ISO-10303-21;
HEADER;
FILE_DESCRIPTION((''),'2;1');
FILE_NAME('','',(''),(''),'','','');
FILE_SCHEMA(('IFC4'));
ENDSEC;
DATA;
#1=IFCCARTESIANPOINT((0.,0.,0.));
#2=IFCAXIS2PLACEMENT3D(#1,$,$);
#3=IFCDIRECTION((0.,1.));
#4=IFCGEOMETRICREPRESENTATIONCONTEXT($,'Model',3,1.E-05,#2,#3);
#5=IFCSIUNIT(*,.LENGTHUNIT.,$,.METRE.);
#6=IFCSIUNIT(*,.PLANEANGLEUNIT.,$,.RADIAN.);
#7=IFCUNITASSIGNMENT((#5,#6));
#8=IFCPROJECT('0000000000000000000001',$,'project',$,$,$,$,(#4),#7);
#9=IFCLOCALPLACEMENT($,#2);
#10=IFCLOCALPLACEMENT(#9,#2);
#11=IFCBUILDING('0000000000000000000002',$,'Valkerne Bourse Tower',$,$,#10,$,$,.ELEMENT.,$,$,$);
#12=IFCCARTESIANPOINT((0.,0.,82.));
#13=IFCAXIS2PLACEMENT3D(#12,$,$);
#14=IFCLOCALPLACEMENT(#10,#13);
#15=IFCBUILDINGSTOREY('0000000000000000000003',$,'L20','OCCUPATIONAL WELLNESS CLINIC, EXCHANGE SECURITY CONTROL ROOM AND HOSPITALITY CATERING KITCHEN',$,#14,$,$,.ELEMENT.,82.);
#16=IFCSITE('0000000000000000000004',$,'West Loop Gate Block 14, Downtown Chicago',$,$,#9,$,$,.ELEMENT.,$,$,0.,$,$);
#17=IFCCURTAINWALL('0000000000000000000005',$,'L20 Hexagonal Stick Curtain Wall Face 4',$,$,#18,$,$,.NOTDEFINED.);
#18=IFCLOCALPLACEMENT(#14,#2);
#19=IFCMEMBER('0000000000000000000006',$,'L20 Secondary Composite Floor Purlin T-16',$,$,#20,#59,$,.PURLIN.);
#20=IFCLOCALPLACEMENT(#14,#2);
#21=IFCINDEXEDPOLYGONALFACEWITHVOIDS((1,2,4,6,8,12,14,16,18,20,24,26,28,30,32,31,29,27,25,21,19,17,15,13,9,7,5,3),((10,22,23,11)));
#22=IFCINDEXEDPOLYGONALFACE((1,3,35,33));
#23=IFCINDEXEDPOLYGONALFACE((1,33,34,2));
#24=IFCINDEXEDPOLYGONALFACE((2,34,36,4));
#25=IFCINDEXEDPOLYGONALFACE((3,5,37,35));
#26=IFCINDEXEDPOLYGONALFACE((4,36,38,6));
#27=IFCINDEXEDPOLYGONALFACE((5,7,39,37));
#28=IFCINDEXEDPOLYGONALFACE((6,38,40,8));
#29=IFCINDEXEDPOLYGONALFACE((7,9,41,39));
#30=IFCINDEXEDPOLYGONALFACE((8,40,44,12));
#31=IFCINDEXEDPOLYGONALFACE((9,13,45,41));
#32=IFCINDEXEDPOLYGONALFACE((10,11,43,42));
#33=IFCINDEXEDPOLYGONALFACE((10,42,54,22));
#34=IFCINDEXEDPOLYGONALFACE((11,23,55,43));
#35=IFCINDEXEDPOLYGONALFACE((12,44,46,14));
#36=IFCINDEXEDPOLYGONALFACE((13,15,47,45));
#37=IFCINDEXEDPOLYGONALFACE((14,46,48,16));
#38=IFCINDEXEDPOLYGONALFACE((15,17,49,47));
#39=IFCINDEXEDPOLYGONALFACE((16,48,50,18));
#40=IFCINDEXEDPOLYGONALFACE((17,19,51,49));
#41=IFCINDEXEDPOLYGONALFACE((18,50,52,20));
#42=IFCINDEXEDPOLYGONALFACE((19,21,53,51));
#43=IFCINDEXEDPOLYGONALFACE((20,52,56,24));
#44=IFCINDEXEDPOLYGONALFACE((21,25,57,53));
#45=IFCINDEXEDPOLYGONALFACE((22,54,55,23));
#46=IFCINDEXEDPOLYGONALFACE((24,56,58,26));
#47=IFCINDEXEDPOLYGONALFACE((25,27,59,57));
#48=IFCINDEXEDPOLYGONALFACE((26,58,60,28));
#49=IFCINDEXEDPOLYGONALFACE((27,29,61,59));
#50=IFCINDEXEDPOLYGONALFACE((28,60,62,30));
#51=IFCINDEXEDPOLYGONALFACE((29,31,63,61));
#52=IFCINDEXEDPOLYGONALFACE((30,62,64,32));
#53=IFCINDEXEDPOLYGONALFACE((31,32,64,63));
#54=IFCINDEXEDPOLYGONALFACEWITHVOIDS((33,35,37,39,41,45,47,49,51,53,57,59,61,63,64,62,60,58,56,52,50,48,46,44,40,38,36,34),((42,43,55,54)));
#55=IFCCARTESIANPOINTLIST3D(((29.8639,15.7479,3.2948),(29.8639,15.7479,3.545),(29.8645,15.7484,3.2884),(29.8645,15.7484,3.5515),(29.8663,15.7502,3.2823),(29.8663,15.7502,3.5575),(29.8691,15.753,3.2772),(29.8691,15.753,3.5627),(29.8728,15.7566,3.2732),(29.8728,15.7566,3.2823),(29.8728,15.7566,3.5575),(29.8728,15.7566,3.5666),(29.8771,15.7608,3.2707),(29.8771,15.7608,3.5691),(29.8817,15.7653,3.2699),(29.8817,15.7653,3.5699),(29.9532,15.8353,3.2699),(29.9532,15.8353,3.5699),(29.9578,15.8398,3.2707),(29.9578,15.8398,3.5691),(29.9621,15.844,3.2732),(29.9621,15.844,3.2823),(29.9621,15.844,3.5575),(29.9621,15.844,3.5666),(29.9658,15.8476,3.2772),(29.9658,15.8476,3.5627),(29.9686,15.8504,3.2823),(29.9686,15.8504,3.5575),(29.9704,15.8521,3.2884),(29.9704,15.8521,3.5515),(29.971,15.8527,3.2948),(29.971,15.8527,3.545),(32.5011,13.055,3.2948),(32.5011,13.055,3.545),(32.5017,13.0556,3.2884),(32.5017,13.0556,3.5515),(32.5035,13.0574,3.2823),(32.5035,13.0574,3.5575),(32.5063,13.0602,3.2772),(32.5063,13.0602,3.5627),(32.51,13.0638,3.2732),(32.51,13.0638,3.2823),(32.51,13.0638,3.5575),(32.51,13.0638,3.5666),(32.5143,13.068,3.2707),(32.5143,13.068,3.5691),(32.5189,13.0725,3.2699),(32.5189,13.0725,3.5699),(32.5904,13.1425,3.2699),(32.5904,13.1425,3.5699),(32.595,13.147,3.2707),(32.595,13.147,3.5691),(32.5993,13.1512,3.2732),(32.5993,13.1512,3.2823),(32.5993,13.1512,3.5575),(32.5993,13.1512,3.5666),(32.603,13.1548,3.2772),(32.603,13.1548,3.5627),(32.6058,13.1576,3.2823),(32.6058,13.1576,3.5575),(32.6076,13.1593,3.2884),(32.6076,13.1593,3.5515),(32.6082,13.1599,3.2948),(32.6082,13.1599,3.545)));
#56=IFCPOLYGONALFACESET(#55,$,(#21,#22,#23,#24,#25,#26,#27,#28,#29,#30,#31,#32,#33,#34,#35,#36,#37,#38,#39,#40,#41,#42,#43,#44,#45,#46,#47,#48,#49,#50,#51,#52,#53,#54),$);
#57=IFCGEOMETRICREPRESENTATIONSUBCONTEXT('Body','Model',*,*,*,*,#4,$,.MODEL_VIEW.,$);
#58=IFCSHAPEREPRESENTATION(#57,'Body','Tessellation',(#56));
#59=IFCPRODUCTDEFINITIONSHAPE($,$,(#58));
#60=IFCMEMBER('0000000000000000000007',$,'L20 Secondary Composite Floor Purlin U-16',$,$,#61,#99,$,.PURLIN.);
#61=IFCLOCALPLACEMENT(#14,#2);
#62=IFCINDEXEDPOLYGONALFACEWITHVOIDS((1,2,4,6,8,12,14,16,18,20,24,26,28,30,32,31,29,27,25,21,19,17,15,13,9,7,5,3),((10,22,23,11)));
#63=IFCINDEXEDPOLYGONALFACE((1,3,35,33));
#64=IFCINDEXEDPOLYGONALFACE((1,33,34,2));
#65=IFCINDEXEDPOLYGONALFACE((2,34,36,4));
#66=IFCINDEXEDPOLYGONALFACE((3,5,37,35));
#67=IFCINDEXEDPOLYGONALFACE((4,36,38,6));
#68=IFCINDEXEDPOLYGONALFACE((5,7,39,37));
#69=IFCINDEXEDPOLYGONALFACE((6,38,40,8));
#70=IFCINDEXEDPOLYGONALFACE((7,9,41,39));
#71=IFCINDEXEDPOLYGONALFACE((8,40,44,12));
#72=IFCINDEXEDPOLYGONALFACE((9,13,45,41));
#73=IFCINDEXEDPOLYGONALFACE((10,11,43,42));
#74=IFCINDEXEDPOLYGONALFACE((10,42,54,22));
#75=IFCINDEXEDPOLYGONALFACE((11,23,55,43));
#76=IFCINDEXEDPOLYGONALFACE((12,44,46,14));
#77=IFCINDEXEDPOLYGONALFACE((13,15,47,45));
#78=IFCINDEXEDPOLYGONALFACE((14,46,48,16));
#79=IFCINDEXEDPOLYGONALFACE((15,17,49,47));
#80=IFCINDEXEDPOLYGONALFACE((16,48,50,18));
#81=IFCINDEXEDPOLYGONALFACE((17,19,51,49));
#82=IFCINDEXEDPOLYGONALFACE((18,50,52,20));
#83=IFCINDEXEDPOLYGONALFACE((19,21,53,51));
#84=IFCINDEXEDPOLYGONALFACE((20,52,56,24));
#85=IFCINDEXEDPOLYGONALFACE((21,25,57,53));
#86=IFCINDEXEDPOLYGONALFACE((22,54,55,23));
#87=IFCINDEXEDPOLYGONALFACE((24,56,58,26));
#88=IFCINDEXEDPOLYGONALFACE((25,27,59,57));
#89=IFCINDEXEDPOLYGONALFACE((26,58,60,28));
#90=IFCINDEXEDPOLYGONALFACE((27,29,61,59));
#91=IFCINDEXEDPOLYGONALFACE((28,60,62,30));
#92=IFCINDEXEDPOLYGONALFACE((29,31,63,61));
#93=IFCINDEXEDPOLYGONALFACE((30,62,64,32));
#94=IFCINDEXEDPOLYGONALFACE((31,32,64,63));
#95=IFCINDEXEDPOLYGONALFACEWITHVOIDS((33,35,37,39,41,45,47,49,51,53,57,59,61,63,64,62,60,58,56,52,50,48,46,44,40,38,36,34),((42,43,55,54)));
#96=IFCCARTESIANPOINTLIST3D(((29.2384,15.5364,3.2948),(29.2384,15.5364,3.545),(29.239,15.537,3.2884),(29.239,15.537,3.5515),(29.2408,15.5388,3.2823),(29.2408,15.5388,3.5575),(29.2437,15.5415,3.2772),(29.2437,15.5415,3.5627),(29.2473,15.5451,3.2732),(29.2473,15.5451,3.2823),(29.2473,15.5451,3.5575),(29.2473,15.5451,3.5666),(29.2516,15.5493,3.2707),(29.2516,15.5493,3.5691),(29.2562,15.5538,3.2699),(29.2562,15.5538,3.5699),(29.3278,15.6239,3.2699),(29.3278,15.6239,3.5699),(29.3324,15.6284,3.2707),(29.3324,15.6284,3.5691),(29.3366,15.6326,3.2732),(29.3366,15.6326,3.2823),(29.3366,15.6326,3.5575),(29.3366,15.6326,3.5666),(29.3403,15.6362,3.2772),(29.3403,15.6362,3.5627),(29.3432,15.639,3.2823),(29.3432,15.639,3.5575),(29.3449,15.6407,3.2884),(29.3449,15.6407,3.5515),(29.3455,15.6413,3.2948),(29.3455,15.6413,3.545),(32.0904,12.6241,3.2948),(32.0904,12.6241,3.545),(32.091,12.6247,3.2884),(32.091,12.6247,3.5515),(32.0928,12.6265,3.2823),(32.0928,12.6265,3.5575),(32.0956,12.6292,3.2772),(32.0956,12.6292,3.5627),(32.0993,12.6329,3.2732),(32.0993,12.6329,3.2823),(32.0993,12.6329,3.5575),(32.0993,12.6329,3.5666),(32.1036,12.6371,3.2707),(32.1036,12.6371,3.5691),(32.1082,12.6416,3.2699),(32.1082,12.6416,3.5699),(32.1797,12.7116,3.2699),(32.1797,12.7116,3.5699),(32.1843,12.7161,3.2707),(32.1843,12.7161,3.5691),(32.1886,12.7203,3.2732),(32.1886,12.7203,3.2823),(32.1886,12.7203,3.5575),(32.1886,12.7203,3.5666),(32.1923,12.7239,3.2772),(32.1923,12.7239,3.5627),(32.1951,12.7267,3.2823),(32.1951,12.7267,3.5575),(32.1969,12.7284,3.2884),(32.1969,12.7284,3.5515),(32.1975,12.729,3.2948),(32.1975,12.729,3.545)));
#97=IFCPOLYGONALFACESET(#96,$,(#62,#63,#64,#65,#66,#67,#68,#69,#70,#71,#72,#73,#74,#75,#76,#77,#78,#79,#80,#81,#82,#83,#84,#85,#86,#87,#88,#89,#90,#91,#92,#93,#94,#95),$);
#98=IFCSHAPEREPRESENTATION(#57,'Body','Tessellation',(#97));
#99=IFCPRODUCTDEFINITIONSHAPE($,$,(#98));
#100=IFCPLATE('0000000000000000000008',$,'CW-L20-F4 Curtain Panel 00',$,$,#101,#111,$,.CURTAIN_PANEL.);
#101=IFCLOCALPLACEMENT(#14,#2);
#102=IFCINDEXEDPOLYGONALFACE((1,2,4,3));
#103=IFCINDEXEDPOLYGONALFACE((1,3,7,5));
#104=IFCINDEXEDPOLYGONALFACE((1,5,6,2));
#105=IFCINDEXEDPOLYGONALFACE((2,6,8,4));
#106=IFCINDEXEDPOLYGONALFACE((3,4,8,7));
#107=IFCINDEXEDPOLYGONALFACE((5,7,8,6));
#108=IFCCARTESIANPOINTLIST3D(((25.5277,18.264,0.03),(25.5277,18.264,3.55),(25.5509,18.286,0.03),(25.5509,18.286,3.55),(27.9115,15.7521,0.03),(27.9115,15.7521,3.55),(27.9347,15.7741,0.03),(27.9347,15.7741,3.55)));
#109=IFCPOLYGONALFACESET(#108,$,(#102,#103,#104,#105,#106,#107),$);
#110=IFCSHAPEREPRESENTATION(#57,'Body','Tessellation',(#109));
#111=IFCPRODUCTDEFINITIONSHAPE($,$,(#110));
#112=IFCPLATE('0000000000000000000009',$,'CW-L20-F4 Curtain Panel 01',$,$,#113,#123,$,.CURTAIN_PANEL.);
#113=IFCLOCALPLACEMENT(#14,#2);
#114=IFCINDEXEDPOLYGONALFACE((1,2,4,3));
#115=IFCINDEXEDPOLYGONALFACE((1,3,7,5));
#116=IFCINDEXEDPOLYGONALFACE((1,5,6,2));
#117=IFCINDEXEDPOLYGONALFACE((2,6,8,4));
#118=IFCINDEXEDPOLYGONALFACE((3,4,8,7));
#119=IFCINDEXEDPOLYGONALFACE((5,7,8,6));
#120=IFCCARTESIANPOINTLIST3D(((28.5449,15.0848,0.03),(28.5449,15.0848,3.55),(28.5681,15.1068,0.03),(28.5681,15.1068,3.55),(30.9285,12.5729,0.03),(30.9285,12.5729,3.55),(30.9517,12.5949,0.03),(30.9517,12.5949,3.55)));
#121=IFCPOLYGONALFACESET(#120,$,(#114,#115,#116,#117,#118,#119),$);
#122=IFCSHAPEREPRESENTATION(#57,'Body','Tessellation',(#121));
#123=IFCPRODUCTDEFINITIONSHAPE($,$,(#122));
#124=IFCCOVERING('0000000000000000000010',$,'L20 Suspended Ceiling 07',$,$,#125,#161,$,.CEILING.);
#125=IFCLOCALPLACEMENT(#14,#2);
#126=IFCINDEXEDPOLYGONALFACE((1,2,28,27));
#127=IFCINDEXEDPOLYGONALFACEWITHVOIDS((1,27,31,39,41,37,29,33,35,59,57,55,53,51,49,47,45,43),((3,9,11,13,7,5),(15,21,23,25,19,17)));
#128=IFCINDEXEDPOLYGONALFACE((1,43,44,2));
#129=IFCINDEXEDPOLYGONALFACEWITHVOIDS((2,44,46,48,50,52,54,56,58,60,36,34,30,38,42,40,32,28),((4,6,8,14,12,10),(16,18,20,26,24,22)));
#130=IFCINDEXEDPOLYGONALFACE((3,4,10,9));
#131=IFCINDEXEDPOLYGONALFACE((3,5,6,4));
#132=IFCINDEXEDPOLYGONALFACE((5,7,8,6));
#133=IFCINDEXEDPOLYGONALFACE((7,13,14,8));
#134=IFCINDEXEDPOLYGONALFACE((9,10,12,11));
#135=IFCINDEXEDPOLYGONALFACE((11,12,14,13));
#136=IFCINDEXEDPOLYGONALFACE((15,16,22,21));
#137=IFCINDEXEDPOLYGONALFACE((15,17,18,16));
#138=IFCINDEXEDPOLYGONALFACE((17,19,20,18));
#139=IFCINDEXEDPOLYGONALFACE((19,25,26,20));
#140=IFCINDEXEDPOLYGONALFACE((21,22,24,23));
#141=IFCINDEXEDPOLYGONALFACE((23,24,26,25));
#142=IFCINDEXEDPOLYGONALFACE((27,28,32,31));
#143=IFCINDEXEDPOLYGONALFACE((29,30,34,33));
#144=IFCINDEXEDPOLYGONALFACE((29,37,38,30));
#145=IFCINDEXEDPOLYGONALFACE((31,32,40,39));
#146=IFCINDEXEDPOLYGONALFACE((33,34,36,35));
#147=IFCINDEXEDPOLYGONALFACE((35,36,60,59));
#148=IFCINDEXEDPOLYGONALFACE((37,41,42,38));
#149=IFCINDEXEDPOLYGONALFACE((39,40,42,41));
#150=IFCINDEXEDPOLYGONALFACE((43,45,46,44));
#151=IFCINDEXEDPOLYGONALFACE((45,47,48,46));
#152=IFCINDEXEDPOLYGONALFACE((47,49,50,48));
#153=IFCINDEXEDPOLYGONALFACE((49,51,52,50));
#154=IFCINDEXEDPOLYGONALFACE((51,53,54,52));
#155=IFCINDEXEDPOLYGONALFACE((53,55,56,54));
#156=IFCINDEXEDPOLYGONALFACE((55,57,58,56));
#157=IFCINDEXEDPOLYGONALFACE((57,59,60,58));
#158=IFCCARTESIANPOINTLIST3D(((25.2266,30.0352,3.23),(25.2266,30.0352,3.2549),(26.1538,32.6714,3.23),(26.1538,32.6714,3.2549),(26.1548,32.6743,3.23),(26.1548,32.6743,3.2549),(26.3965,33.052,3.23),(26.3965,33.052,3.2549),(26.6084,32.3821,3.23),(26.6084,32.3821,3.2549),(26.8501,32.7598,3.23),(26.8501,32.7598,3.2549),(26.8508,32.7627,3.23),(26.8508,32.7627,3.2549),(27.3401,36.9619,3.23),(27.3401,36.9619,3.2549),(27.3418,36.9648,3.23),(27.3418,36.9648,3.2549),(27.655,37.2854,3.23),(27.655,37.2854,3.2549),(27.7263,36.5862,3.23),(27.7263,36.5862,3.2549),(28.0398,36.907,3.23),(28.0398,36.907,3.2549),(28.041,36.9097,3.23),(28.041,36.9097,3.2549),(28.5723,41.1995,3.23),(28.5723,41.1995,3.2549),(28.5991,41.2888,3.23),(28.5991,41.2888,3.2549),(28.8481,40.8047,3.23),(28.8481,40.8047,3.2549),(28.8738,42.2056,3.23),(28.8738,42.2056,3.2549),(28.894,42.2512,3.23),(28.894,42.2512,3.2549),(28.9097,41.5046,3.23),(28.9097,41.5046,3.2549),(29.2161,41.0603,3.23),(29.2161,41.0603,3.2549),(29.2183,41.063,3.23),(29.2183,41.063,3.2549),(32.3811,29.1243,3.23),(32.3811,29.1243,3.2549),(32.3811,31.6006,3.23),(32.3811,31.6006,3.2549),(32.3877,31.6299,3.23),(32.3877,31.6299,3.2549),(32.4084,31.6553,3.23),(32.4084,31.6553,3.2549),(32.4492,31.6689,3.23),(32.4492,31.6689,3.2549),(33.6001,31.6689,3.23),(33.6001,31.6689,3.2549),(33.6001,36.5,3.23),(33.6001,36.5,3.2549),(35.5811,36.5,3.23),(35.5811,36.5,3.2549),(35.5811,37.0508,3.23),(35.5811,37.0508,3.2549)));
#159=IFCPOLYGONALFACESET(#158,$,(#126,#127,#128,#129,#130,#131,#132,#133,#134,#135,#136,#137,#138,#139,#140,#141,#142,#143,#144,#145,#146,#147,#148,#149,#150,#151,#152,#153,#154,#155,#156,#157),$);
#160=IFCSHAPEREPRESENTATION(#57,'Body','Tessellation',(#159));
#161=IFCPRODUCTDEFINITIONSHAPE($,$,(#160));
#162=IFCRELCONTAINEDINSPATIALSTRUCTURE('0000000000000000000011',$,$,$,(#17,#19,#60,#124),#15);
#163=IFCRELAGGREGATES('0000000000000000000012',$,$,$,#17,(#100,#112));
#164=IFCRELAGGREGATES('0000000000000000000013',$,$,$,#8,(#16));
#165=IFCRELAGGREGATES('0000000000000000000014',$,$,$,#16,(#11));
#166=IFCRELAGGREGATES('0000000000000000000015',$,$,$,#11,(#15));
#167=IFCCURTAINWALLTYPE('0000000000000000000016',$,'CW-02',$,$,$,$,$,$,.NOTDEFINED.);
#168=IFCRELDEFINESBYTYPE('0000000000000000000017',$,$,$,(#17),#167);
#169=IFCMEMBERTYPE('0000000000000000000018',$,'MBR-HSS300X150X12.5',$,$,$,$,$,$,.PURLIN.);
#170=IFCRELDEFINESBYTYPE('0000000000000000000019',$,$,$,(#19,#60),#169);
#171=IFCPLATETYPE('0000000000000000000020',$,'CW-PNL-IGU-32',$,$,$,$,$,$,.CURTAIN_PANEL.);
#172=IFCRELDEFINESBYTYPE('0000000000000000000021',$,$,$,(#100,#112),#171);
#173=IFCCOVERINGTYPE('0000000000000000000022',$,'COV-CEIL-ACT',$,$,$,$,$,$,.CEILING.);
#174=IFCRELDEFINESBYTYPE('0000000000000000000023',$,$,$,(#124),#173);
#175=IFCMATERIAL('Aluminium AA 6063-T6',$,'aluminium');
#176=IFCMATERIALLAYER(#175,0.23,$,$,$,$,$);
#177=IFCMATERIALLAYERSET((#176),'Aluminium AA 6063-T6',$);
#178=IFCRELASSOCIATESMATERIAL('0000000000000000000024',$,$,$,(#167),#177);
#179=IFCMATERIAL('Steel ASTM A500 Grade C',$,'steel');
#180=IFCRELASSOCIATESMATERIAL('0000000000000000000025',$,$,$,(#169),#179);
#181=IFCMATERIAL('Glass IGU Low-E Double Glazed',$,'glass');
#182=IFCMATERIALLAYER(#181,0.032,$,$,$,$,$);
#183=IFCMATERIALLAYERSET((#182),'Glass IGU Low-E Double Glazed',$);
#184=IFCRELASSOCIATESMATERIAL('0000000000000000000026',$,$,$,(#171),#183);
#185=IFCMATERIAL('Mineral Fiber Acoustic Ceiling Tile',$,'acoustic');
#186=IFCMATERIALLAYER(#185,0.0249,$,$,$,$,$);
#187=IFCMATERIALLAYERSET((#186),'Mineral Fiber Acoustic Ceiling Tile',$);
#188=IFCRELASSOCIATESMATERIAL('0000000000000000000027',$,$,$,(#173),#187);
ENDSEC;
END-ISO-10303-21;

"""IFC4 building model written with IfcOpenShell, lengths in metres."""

from ifc_helpers import new_model, si_unit, direction, frame, origin, origin_2d, place, context, subcontext, project, spatial, polyline, rectangle, hollow_rectangle, outline, extrude, material, layer, layer_set, material_profile, profile_set, type_object, element, aggregate, save


model = new_model("IFC4")

# Units and contexts
model_context = context("Model", 3, precision=1e-05, world=origin(), true_north=direction((0.0, 1.0)))
body_context = subcontext(model_context, "Body", "Model", "MODEL_VIEW")
ifc_project = project(units=[si_unit("LENGTHUNIT", "METRE"), si_unit("PLANEANGLEUNIT", "RADIAN")], contexts=[model_context])

# Site, building, storey
site_placement = place(None, origin())
site = spatial("IfcSite", under=ifc_project, at=site_placement, Name="West Loop Gate Block 14, Downtown Chicago", CompositionType="ELEMENT", RefElevation=0.0)
building_placement = place(site_placement, origin())
building = spatial("IfcBuilding", under=site, at=building_placement, Name="Valkerne Bourse Tower", CompositionType="ELEMENT")
storey_placement = place(building_placement, frame((0.0, 0.0, 82.0)))
storey = spatial("IfcBuildingStorey", under=building, at=storey_placement, Name="L20", Description="OCCUPATIONAL WELLNESS CLINIC, EXCHANGE SECURITY CONTROL ROOM AND HOSPITALITY CATERING KITCHEN", CompositionType="ELEMENT", Elevation=82.0)

# Curtain wall
ifc_material_1 = material(Name="Aluminium AA 6063-T6", Category="aluminium")
ifc_layer_1 = layer(ifc_material_1, 0.23)
ifc_layer_set_1 = layer_set([ifc_layer_1], Name="Aluminium AA 6063-T6")
curtain_wall_type = type_object("IfcCurtainWallType", Name="CW-02", PredefinedType="NOTDEFINED", material=ifc_layer_set_1)
curtain_wall_placement = place(storey_placement, origin())
curtain_wall = element("IfcCurtainWall", 1, at=curtain_wall_placement, inside=storey, type_object=curtain_wall_type, Name="L20 Hexagonal Stick Curtain Wall Face 4", PredefinedType="NOTDEFINED")

# Members
ifc_material_2 = material(Name="Steel ASTM A500 Grade C", Category="steel")
ifc_material_profile_1 = material_profile(ifc_material_2, hollow_rectangle(XDim=0.1499, YDim=0.3, WallThickness=0.0125, OuterFilletRadius=0.0249, at=origin_2d()), Name="HSS300X150X12.5")
ifc_profile_set_1 = profile_set([ifc_material_profile_1], Name="Steel ASTM A500 Grade C")
member_type_1 = type_object("IfcMemberType", Name="MBR-HSS300X150X12.5", PredefinedType="PURLIN", material=ifc_profile_set_1)
member_1_placement = place(storey_placement, frame((29.9175, 15.8003, 3.4199), z_axis=(0.699684, -0.714452, 0.0), x_axis=(0.714452, 0.699684, 0.0)))
element("IfcMember", 2, at=member_1_placement, inside=storey, type_object=member_type_1, Name="L20 Secondary Composite Floor Purlin T-16", PredefinedType="PURLIN", context=body_context, shape_type="SweptSolid", body=[
    extrude(hollow_rectangle(XDim=0.1499, YDim=0.3, WallThickness=0.0125, OuterFilletRadius=0.0249, at=origin_2d()), origin(), (0.0, 0.0, 1.0), 3.769),
])
member_2_placement = place(storey_placement, frame((29.292, 15.5889, 3.4199), z_axis=(0.699671, -0.714465, 0.0), x_axis=(0.714465, 0.699671, 0.0)))
element("IfcMember", 3, at=member_2_placement, inside=storey, type_object=member_type_1, Name="L20 Secondary Composite Floor Purlin U-16", PredefinedType="PURLIN", context=body_context, shape_type="SweptSolid", body=[
    extrude(hollow_rectangle(XDim=0.1499, YDim=0.3, WallThickness=0.0125, OuterFilletRadius=0.0249, at=origin_2d()), origin(), (0.0, 0.0, 1.0), 4.0762),
])

# Plates
ifc_material_3 = material(Name="Glass IGU Low-E Double Glazed", Category="glass")
ifc_layer_2 = layer(ifc_material_3, 0.032)
ifc_layer_set_2 = layer_set([ifc_layer_2], Name="Glass IGU Low-E Double Glazed")
plate_type = type_object("IfcPlateType", Name="CW-PNL-IGU-32", PredefinedType="CURTAIN_PANEL", material=ifc_layer_set_2)
plate_1_placement = place(storey_placement, frame((26.7312, 17.019, 0.03), z_axis=(0.0, 0.0, 1.0), x_axis=(0.688361, -0.725368, 0.0)))
plate_1 = element("IfcPlate", 4, at=plate_1_placement, type_object=plate_type, Name="CW-L20-F4 Curtain Panel 00", PredefinedType="CURTAIN_PANEL", context=body_context, shape_type="SweptSolid", body=[
    extrude(rectangle(XDim=3.4629, YDim=0.032, at=origin_2d()), origin(), (0.0, 0.0, 1.0), 3.52),
])
plate_2_placement = place(storey_placement, frame((29.7483, 13.8398, 0.03), z_axis=(0.0, 0.0, 1.0), x_axis=(0.688349, -0.725379, 0.0)))
plate_2 = element("IfcPlate", 5, at=plate_2_placement, type_object=plate_type, Name="CW-L20-F4 Curtain Panel 01", PredefinedType="CURTAIN_PANEL", context=body_context, shape_type="SweptSolid", body=[
    extrude(rectangle(XDim=3.4629, YDim=0.032, at=origin_2d()), origin(), (0.0, 0.0, 1.0), 3.52),
])
aggregate(curtain_wall, [plate_1, plate_2])

# Covering
ifc_material_4 = material(Name="Mineral Fiber Acoustic Ceiling Tile", Category="acoustic")
ifc_layer_3 = layer(ifc_material_4, 0.0249)
ifc_layer_set_3 = layer_set([ifc_layer_3], Name="Mineral Fiber Acoustic Ceiling Tile")
covering_type_1 = type_object("IfcCoveringType", Name="COV-CEIL-ACT", PredefinedType="CEILING", material=ifc_layer_set_3)
covering_1_placement = place(storey_placement, frame((0.0, 0.0, 3.23)))
element("IfcCovering", 6, at=covering_1_placement, inside=storey, type_object=covering_type_1, Name="L20 Suspended Ceiling 07", PredefinedType="CEILING", context=body_context, shape_type="SweptSolid", body=[
    extrude(outline(polyline([(35.5811, 37.0508), (35.5811, 36.5), (33.6001, 36.5), (33.6001, 31.6689), (32.4492, 31.6689), (32.4084, 31.6553), (32.3877, 31.6299), (32.3811, 31.6006), (32.3811, 29.1243), (25.2266, 30.0352), (28.5723, 41.1995), (28.8481, 40.8047), (29.2161, 41.0603), (29.2183, 41.063), (28.9097, 41.5046), (28.5991, 41.2888), (28.8738, 42.2056), (28.894, 42.2512), (35.5811, 37.0508)]), holes=[polyline([(26.8501, 32.7598), (26.8508, 32.7627), (26.3965, 33.052), (26.1548, 32.6743), (26.1538, 32.6714), (26.6084, 32.3821), (26.8501, 32.7598)]), polyline([(28.041, 36.9097), (27.655, 37.2854), (27.3418, 36.9648), (27.3401, 36.9619), (27.7263, 36.5862), (28.0398, 36.907), (28.041, 36.9097)])]), origin(), (0.0, 0.0, 1.0), 0.0249),
])

save(model, "model.ifc")
